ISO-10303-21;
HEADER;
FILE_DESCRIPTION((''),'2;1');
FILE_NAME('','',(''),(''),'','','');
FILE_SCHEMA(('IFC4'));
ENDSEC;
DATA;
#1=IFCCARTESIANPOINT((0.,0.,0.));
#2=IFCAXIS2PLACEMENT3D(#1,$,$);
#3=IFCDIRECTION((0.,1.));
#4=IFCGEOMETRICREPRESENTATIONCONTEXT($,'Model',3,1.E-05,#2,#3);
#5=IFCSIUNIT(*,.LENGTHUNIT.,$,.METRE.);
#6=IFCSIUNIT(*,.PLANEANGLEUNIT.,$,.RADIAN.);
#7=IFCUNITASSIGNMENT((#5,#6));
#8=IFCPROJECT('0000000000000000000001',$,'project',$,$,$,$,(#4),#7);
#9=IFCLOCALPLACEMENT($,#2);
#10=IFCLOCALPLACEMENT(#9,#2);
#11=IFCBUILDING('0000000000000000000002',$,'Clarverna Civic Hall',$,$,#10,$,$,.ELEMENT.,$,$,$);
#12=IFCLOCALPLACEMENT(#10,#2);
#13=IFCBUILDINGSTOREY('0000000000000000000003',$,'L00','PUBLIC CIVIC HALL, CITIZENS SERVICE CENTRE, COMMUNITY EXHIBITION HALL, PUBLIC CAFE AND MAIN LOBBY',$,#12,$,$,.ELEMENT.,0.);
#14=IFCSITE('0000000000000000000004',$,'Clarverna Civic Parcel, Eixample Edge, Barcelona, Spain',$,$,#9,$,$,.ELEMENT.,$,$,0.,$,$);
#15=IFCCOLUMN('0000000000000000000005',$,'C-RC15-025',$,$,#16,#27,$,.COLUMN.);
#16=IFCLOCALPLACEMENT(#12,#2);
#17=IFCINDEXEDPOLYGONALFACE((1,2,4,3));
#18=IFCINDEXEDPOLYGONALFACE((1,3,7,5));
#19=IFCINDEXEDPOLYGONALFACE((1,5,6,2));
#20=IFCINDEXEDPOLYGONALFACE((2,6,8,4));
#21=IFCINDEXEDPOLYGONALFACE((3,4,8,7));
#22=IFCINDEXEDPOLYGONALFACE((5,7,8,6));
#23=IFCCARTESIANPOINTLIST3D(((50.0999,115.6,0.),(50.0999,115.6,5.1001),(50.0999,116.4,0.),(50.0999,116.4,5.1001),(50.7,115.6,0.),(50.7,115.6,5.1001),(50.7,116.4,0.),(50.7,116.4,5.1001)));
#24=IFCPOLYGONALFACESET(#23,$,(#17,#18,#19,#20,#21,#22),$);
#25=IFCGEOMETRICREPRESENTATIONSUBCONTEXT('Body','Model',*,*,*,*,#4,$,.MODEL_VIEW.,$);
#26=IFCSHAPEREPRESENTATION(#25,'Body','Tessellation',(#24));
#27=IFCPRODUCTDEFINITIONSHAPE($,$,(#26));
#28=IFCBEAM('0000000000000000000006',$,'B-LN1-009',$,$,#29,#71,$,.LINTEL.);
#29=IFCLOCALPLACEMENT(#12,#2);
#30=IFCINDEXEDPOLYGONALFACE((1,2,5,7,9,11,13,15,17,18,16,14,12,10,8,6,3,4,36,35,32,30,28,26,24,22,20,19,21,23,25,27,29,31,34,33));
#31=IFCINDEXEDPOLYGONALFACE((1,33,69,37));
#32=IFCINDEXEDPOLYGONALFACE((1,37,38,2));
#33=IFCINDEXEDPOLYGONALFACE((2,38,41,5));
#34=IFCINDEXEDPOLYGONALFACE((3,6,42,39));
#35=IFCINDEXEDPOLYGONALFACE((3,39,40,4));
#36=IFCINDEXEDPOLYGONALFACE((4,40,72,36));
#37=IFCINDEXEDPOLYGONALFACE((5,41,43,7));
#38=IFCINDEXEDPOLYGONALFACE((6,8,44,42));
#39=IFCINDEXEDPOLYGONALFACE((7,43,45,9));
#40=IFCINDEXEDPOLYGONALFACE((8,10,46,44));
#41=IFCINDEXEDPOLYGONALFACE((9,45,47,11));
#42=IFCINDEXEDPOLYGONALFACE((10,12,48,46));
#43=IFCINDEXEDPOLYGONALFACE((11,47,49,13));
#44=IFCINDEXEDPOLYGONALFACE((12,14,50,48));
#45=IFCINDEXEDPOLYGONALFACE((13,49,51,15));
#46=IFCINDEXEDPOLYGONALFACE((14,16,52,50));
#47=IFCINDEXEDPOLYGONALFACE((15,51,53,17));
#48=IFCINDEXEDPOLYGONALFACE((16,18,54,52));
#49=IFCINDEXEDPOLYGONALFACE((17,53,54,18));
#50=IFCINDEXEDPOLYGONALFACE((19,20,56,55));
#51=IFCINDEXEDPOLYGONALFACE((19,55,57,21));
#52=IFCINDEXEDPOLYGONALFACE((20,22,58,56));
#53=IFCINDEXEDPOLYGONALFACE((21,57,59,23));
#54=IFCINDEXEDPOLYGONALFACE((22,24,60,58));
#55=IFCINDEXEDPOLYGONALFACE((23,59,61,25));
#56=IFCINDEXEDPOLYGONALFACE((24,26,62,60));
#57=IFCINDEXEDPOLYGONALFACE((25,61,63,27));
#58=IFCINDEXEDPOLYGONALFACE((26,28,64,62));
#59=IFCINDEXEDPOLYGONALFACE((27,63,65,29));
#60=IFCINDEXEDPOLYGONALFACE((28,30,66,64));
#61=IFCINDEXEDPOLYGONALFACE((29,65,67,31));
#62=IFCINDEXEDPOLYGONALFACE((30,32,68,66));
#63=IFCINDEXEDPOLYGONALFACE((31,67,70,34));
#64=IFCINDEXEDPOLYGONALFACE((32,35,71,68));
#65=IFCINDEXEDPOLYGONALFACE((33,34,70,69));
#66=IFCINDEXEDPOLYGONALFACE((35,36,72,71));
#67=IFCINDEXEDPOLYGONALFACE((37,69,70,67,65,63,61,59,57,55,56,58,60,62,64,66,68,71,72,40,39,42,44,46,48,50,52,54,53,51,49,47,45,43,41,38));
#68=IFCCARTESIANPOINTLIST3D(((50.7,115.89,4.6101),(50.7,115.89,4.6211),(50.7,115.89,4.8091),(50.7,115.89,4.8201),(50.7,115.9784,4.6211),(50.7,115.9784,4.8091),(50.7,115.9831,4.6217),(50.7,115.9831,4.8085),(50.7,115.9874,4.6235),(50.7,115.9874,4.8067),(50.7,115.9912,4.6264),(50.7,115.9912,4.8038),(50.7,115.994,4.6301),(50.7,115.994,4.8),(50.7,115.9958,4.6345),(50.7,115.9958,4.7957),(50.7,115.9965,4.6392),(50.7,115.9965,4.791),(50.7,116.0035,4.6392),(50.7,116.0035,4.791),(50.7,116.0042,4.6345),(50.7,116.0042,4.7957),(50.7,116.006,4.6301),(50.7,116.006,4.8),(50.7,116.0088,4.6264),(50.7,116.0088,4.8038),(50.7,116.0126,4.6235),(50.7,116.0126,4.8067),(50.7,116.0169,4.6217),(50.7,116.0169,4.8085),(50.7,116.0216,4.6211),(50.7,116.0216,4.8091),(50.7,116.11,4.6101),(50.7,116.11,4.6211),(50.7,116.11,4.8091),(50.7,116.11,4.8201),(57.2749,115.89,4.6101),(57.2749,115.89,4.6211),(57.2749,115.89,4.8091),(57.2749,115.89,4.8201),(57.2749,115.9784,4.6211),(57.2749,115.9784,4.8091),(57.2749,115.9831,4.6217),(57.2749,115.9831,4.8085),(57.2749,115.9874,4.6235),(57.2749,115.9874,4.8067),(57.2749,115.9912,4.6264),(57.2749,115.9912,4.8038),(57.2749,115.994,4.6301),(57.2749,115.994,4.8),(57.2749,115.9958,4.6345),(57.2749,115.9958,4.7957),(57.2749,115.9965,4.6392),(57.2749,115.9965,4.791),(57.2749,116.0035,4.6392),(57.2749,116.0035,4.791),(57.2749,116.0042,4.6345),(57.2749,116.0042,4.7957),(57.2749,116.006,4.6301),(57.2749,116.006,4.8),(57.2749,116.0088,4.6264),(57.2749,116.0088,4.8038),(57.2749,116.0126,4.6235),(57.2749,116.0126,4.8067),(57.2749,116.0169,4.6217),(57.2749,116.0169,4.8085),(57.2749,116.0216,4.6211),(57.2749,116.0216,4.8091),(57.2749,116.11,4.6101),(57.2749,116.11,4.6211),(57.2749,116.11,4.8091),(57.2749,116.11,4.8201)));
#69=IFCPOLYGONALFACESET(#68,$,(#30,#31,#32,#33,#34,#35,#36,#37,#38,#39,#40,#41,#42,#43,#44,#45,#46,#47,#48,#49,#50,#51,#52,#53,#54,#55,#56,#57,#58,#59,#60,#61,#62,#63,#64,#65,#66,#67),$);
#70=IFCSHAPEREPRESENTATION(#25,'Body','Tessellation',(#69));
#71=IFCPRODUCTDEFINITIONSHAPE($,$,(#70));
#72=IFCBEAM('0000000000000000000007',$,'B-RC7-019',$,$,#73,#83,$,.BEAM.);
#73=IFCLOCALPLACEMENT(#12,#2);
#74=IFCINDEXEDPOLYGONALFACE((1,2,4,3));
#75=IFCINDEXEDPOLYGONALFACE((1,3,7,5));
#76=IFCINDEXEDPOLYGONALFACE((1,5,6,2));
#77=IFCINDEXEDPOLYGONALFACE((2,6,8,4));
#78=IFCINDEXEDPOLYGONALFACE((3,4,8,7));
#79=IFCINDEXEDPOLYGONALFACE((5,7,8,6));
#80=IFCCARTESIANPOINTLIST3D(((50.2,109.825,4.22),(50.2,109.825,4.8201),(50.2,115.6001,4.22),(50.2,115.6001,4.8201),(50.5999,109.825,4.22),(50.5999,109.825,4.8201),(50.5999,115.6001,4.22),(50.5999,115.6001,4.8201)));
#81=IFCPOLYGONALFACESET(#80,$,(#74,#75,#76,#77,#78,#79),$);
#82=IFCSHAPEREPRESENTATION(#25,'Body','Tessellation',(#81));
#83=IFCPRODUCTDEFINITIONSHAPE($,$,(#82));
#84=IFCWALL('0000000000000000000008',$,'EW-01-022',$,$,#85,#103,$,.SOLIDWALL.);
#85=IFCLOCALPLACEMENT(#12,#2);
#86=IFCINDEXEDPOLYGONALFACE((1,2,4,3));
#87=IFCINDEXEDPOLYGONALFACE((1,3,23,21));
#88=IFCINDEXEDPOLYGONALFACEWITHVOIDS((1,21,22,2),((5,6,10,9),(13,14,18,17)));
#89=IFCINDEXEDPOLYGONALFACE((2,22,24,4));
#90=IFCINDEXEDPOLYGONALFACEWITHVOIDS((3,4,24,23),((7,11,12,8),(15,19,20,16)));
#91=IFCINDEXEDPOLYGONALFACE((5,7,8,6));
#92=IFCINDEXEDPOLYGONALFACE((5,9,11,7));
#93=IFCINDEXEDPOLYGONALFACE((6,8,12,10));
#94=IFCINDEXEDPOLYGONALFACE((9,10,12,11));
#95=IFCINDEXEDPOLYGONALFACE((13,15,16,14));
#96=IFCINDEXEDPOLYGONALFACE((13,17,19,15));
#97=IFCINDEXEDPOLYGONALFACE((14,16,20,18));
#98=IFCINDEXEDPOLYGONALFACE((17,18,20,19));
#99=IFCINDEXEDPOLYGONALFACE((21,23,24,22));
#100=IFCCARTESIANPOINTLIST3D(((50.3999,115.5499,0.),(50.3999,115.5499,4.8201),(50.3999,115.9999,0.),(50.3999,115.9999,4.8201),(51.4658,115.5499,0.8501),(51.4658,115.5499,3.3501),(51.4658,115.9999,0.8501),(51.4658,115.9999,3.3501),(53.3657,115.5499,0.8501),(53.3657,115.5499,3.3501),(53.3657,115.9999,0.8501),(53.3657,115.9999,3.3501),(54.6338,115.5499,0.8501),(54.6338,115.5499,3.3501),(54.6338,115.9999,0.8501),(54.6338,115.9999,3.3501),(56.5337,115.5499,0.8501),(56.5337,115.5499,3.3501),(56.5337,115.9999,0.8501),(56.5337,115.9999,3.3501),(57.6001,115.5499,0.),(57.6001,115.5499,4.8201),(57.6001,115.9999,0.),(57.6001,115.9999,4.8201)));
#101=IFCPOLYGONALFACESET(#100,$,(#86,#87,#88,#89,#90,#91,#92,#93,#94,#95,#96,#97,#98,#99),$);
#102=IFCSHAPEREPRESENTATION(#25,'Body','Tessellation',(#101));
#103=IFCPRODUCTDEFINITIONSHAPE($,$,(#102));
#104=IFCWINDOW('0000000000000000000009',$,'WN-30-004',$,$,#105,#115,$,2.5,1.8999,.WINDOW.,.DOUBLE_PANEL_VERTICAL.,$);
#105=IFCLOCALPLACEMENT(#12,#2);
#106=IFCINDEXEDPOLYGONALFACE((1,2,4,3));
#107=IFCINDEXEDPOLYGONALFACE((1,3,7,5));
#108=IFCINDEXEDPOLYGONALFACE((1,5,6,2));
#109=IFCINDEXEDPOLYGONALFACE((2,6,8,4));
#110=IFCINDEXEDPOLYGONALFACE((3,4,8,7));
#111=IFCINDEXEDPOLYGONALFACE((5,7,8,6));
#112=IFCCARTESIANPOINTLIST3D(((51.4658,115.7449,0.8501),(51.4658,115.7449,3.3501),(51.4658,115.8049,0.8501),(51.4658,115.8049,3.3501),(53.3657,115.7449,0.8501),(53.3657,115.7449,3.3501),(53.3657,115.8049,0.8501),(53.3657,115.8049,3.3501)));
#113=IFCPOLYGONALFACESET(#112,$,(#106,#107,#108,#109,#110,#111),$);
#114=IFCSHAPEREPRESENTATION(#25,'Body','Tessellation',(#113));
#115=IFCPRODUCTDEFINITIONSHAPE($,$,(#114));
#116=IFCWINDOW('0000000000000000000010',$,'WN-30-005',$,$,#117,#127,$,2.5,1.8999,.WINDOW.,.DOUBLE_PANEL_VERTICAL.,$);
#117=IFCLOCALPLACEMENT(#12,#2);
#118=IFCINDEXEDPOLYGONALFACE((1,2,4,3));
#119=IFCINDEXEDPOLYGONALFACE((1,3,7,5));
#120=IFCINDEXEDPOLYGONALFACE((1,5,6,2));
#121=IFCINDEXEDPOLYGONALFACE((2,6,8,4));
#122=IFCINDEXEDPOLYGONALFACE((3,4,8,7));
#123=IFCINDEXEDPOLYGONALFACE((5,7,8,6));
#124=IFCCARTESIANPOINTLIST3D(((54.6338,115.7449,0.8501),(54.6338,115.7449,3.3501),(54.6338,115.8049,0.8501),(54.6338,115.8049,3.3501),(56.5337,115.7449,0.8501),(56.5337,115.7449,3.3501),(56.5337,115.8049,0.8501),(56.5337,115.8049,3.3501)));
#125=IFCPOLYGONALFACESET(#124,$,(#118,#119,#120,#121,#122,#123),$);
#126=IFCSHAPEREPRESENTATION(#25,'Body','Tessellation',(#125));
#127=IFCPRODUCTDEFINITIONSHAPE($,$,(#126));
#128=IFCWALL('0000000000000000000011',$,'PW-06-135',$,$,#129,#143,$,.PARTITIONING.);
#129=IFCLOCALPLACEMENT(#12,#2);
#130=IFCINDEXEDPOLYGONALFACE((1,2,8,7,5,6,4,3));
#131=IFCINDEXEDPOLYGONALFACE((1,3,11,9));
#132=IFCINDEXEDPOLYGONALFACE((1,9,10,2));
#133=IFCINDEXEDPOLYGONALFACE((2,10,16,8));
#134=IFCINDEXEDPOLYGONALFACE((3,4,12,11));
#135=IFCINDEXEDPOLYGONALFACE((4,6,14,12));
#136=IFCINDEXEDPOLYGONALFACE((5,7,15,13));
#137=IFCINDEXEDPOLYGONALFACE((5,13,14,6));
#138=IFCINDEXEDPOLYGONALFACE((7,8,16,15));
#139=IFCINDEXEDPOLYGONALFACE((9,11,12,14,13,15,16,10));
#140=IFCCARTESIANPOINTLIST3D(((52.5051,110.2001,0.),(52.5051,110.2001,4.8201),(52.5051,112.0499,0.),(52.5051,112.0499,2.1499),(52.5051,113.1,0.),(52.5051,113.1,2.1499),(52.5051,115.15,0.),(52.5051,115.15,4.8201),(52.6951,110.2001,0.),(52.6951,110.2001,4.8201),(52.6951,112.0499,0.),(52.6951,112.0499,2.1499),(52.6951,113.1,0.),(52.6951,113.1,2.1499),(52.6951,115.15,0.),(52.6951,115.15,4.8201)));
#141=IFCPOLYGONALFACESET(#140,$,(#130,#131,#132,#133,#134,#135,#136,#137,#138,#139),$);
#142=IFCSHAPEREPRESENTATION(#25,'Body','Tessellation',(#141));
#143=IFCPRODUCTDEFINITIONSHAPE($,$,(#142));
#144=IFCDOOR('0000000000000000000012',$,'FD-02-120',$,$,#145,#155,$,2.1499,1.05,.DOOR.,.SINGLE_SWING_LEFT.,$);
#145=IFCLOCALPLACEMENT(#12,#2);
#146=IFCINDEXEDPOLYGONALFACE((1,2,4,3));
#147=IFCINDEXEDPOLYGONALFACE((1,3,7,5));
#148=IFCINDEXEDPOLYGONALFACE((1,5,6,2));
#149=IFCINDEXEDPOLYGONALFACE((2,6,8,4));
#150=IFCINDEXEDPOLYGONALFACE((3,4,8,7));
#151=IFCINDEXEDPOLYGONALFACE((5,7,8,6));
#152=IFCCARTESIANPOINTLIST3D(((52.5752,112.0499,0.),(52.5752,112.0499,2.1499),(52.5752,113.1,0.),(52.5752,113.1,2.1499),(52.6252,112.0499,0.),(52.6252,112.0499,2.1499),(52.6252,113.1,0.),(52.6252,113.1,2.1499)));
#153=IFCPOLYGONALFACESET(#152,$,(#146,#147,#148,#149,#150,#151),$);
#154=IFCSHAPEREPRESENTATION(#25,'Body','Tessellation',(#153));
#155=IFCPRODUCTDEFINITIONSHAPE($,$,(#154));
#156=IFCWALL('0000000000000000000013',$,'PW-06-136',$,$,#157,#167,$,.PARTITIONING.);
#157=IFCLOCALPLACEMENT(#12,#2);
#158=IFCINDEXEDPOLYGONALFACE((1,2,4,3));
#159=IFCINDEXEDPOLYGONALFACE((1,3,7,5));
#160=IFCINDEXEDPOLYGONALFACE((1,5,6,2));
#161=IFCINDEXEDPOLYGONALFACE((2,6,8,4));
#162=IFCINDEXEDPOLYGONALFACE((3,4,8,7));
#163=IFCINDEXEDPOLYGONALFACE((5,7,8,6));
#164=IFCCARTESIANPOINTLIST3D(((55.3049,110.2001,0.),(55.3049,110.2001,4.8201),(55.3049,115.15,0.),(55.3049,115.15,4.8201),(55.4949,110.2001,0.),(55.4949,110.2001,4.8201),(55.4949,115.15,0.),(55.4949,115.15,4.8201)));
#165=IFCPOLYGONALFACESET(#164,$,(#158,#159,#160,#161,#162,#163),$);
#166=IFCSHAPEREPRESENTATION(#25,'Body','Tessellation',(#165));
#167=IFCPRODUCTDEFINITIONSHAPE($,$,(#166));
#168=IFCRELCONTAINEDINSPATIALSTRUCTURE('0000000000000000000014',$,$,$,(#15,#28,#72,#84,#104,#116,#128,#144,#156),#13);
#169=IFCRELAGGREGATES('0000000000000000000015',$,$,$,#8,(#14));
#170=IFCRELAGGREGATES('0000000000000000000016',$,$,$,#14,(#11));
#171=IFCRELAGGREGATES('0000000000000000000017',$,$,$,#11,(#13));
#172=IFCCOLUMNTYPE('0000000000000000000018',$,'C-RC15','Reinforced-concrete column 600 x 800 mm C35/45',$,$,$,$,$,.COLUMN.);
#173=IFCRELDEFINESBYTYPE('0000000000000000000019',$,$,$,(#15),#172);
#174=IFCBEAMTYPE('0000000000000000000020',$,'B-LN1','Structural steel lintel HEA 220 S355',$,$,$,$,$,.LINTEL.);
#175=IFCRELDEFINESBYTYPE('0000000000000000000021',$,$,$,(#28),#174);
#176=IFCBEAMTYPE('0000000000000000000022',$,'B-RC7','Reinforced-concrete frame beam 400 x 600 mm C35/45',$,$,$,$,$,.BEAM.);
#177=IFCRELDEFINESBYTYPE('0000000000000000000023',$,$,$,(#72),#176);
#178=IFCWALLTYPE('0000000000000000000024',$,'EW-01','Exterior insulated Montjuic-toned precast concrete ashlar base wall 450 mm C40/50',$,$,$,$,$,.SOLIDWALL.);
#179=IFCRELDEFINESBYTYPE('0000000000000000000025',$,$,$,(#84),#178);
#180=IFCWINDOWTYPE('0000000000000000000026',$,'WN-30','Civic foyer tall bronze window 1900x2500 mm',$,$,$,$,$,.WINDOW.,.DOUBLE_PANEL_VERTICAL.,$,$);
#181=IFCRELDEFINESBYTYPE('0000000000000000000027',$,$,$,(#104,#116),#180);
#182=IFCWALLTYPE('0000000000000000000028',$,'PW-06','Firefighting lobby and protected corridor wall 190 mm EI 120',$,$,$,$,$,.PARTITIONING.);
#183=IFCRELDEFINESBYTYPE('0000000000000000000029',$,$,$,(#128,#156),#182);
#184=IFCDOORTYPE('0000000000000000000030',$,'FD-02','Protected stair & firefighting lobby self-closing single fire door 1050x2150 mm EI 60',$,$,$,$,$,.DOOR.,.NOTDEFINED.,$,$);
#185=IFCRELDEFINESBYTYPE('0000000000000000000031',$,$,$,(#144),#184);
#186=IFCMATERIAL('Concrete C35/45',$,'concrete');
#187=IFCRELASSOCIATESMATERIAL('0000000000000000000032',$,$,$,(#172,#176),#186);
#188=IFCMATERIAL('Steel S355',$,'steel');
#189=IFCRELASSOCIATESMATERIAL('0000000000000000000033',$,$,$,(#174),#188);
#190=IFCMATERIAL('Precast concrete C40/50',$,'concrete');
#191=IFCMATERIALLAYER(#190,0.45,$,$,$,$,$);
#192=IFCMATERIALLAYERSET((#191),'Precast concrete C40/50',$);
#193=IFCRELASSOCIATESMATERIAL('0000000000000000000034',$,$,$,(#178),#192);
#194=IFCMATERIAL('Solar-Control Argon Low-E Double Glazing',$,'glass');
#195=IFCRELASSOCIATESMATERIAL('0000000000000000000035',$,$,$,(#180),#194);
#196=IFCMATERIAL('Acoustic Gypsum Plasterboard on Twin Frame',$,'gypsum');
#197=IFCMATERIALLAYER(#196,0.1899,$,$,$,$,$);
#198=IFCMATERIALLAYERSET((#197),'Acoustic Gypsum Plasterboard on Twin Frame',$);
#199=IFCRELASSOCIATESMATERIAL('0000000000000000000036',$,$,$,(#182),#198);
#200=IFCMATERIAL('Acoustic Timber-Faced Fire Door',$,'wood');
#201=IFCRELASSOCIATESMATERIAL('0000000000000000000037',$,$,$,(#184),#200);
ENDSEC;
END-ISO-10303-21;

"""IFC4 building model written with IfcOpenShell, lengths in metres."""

from ifc_helpers import new_model, si_unit, direction, frame, frame_2d, origin, origin_2d, place, context, subcontext, project, spatial, rectangle, i_section, extrude, material, layer, layer_set, material_profile, profile_set, type_object, element, fill, save


model = new_model("IFC4")

# Units and contexts
model_context = context("Model", 3, precision=1e-05, world=origin(), true_north=direction((0.0, 1.0)))
body_context = subcontext(model_context, "Body", "Model", "MODEL_VIEW")
ifc_project = project(units=[si_unit("LENGTHUNIT", "METRE"), si_unit("PLANEANGLEUNIT", "RADIAN")], contexts=[model_context])

# Site, building, storey
site_placement = place(None, origin())
site = spatial("IfcSite", under=ifc_project, at=site_placement, Name="Clarverna Civic Parcel, Eixample Edge, Barcelona, Spain", CompositionType="ELEMENT", RefElevation=0.0)
building_placement = place(site_placement, origin())
building = spatial("IfcBuilding", under=site, at=building_placement, Name="Clarverna Civic Hall", CompositionType="ELEMENT")
storey_placement = place(building_placement, origin())
storey = spatial("IfcBuildingStorey", under=building, at=storey_placement, Name="L00", Description="PUBLIC CIVIC HALL, CITIZENS SERVICE CENTRE, COMMUNITY EXHIBITION HALL, PUBLIC CAFE AND MAIN LOBBY", CompositionType="ELEMENT", Elevation=0.0)

# Column
ifc_material_1 = material(Name="Concrete C35/45", Category="concrete")
ifc_material_profile_1 = material_profile(ifc_material_1, rectangle(XDim=0.6001, YDim=0.8, at=origin_2d()), Name="RC 600x800")
ifc_profile_set_1 = profile_set([ifc_material_profile_1], Name="Concrete C35/45")
column_type = type_object("IfcColumnType", Name="C-RC15", Description="Reinforced-concrete column 600 x 800 mm C35/45", PredefinedType="COLUMN", material=ifc_profile_set_1)
column_placement = place(storey_placement, frame((50.3999, 116.0, 0.0), z_axis=(0.0, 0.0, 1.0), x_axis=(1.0, 0.0, 0.0)))
element("IfcColumn", 1, at=column_placement, inside=storey, type_object=column_type, Name="C-RC15-025", PredefinedType="COLUMN", context=body_context, shape_type="SweptSolid", body=[
    extrude(rectangle(XDim=0.6001, YDim=0.8, at=origin_2d()), origin(), (0.0, 0.0, 1.0), 5.1001),
])

# Beams
ifc_material_2 = material(Name="Steel S355", Category="steel")
ifc_material_profile_2 = material_profile(ifc_material_2, i_section(OverallWidth=0.22, OverallDepth=0.21, WebThickness=0.0071, FlangeThickness=0.011, FilletRadius=0.0181, at=origin_2d()), Name="HEA 220")
ifc_profile_set_2 = profile_set([ifc_material_profile_2], Name="Steel S355")
beam_type_1 = type_object("IfcBeamType", Name="B-LN1", Description="Structural steel lintel HEA 220 S355", PredefinedType="LINTEL", material=ifc_profile_set_2)
beam_1_placement = place(storey_placement, frame((50.7, 116.0, 4.7151), z_axis=(1.0, 0.0, 0.0), x_axis=(0.0, 1.0, 0.0)))
element("IfcBeam", 2, at=beam_1_placement, inside=storey, type_object=beam_type_1, Name="B-LN1-009", PredefinedType="LINTEL", context=body_context, shape_type="SweptSolid", body=[
    extrude(i_section(OverallWidth=0.22, OverallDepth=0.21, WebThickness=0.0071, FlangeThickness=0.011, FilletRadius=0.0181, at=origin_2d()), origin(), (0.0, 0.0, 1.0), 6.575),
])
ifc_material_profile_3 = material_profile(ifc_material_1, rectangle(XDim=0.3999, YDim=0.6001, at=origin_2d()), Name="RC 400x600")
ifc_profile_set_3 = profile_set([ifc_material_profile_3], Name="Concrete C35/45")
beam_type_2 = type_object("IfcBeamType", Name="B-RC7", Description="Reinforced-concrete frame beam 400 x 600 mm C35/45", PredefinedType="BEAM", material=ifc_profile_set_3)
beam_2_placement = place(storey_placement, frame((50.3999, 109.825, 4.52), z_axis=(0.0, 1.0, 0.0), x_axis=(-1.0, 0.0, 0.0)))
element("IfcBeam", 3, at=beam_2_placement, inside=storey, type_object=beam_type_2, Name="B-RC7-019", PredefinedType="BEAM", context=body_context, shape_type="SweptSolid", body=[
    extrude(rectangle(XDim=0.3999, YDim=0.6001, at=origin_2d()), origin(), (0.0, 0.0, 1.0), 5.7751),
])

# Wall, openings, windows
ifc_material_3 = material(Name="Precast concrete C40/50", Category="concrete")
ifc_layer_1 = layer(ifc_material_3, 0.45)
ifc_layer_set_1 = layer_set([ifc_layer_1], Name="Precast concrete C40/50")
wall_type_1 = type_object("IfcWallType", Name="EW-01", Description="Exterior insulated Montjuic-toned precast concrete ashlar base wall 450 mm C40/50", PredefinedType="SOLIDWALL", material=ifc_layer_set_1)
wall_1_placement = place(storey_placement, frame((50.3999, 115.7749, 0.0), z_axis=(0.0, 0.0, 1.0), x_axis=(1.0, 0.0, 0.0)))
wall_1 = element("IfcWall", 4, at=wall_1_placement, inside=storey, type_object=wall_type_1, Name="EW-01-022", PredefinedType="SOLIDWALL", context=body_context, shape_type="SweptSolid", body=[
    extrude(rectangle(XDim=7.2002, YDim=0.45, at=frame_2d((3.6001, 0.0))), origin(), (0.0, 0.0, 1.0), 4.8201),
])
opening_1_placement = place(wall_1_placement, frame((1.0659, 0.0, 0.8501)))
opening_1 = element("IfcOpeningElement", 5, at=opening_1_placement, cuts=wall_1, PredefinedType="OPENING", context=body_context, shape_type="SweptSolid", body=[
    extrude(rectangle(XDim=1.8999, YDim=2.5, at=frame_2d((0.95, 1.25))), frame((0.0, 0.2349, 0.0), z_axis=(0.0, -1.0, 0.0), x_axis=(1.0, 0.0, 0.0)), (0.0, 0.0, 1.0), 0.47),
])
opening_2_placement = place(wall_1_placement, frame((4.2339, 0.0, 0.8501)))
opening_2 = element("IfcOpeningElement", 6, at=opening_2_placement, cuts=wall_1, PredefinedType="OPENING", context=body_context, shape_type="SweptSolid", body=[
    extrude(rectangle(XDim=1.8999, YDim=2.5, at=frame_2d((0.95, 1.25))), frame((0.0, 0.2349, 0.0), z_axis=(0.0, -1.0, 0.0), x_axis=(1.0, 0.0, 0.0)), (0.0, 0.0, 1.0), 0.47),
])
ifc_material_4 = material(Name="Solar-Control Argon Low-E Double Glazing", Category="glass")
window_type = type_object("IfcWindowType", Name="WN-30", Description="Civic foyer tall bronze window 1900x2500 mm", PartitioningType="DOUBLE_PANEL_VERTICAL", PredefinedType="WINDOW", material=ifc_material_4)
window_1_placement = place(opening_1_placement, origin())
window_1 = element("IfcWindow", 7, at=window_1_placement, inside=storey, type_object=window_type, Name="WN-30-004", OverallHeight=2.5, OverallWidth=1.8999, PartitioningType="DOUBLE_PANEL_VERTICAL", PredefinedType="WINDOW", context=body_context, shape_type="SweptSolid", body=[
    extrude(rectangle(XDim=1.8999, YDim=2.5, at=frame_2d((0.95, 1.25))), frame((0.0, 0.03, 0.0), z_axis=(0.0, -1.0, 0.0), x_axis=(1.0, 0.0, 0.0)), (0.0, 0.0, 1.0), 0.0601),
])
fill(opening_1, window_1)
window_2_placement = place(opening_2_placement, origin())
window_2 = element("IfcWindow", 8, at=window_2_placement, inside=storey, type_object=window_type, Name="WN-30-005", OverallHeight=2.5, OverallWidth=1.8999, PartitioningType="DOUBLE_PANEL_VERTICAL", PredefinedType="WINDOW", context=body_context, shape_type="SweptSolid", body=[
    extrude(rectangle(XDim=1.8999, YDim=2.5, at=frame_2d((0.95, 1.25))), frame((0.0, 0.03, 0.0), z_axis=(0.0, -1.0, 0.0), x_axis=(1.0, 0.0, 0.0)), (0.0, 0.0, 1.0), 0.0601),
])
fill(opening_2, window_2)

# Wall, opening, door
ifc_material_5 = material(Name="Acoustic Gypsum Plasterboard on Twin Frame", Category="gypsum")
ifc_layer_2 = layer(ifc_material_5, 0.1899)
ifc_layer_set_2 = layer_set([ifc_layer_2], Name="Acoustic Gypsum Plasterboard on Twin Frame")
wall_type_2 = type_object("IfcWallType", Name="PW-06", Description="Firefighting lobby and protected corridor wall 190 mm EI 120", PredefinedType="PARTITIONING", material=ifc_layer_set_2)
wall_2_placement = place(storey_placement, frame((52.6001, 110.2, 0.0), z_axis=(0.0, 0.0, 1.0), x_axis=(0.0, 1.0, 0.0)))
wall_2 = element("IfcWall", 9, at=wall_2_placement, inside=storey, type_object=wall_type_2, Name="PW-06-135", PredefinedType="PARTITIONING", context=body_context, shape_type="SweptSolid", body=[
    extrude(rectangle(XDim=4.95, YDim=0.1899, at=frame_2d((2.4751, 0.0))), origin(), (0.0, 0.0, 1.0), 4.8201),
])
opening_3_placement = place(wall_2_placement, frame((1.8501, 0.0, 0.0)))
opening_3 = element("IfcOpeningElement", 10, at=opening_3_placement, cuts=wall_2, PredefinedType="OPENING", context=body_context, shape_type="SweptSolid", body=[
    extrude(rectangle(XDim=1.05, YDim=2.1499, at=frame_2d((0.5249, 1.075))), frame((0.0, 0.105, 0.0), z_axis=(0.0, -1.0, 0.0), x_axis=(1.0, 0.0, 0.0)), (0.0, 0.0, 1.0), 0.21),
])
ifc_material_6 = material(Name="Acoustic Timber-Faced Fire Door", Category="wood")
door_type_1 = type_object("IfcDoorType", Name="FD-02", Description="Protected stair & firefighting lobby self-closing single fire door 1050x2150 mm EI 60", OperationType="NOTDEFINED", PredefinedType="DOOR", material=ifc_material_6)
door_1_placement = place(opening_3_placement, origin())
door_1 = element("IfcDoor", 11, at=door_1_placement, inside=storey, type_object=door_type_1, Name="FD-02-120", OperationType="SINGLE_SWING_LEFT", OverallHeight=2.1499, OverallWidth=1.05, PredefinedType="DOOR", context=body_context, shape_type="SweptSolid", body=[
    extrude(rectangle(XDim=1.05, YDim=2.1499, at=frame_2d((0.5249, 1.075))), frame((0.0, 0.0249, 0.0), z_axis=(0.0, -1.0, 0.0), x_axis=(1.0, 0.0, 0.0)), (0.0, 0.0, 1.0), 0.05),
])
fill(opening_3, door_1)

# Wall
wall_3_placement = place(storey_placement, frame((55.3999, 110.2, 0.0), z_axis=(0.0, 0.0, 1.0), x_axis=(0.0, 1.0, 0.0)))
element("IfcWall", 12, at=wall_3_placement, inside=storey, type_object=wall_type_2, Name="PW-06-136", PredefinedType="PARTITIONING", context=body_context, shape_type="SweptSolid", body=[
    extrude(rectangle(XDim=4.95, YDim=0.1899, at=frame_2d((2.4751, 0.0))), origin(), (0.0, 0.0, 1.0), 4.8201),
])

save(model, "model.ifc")
